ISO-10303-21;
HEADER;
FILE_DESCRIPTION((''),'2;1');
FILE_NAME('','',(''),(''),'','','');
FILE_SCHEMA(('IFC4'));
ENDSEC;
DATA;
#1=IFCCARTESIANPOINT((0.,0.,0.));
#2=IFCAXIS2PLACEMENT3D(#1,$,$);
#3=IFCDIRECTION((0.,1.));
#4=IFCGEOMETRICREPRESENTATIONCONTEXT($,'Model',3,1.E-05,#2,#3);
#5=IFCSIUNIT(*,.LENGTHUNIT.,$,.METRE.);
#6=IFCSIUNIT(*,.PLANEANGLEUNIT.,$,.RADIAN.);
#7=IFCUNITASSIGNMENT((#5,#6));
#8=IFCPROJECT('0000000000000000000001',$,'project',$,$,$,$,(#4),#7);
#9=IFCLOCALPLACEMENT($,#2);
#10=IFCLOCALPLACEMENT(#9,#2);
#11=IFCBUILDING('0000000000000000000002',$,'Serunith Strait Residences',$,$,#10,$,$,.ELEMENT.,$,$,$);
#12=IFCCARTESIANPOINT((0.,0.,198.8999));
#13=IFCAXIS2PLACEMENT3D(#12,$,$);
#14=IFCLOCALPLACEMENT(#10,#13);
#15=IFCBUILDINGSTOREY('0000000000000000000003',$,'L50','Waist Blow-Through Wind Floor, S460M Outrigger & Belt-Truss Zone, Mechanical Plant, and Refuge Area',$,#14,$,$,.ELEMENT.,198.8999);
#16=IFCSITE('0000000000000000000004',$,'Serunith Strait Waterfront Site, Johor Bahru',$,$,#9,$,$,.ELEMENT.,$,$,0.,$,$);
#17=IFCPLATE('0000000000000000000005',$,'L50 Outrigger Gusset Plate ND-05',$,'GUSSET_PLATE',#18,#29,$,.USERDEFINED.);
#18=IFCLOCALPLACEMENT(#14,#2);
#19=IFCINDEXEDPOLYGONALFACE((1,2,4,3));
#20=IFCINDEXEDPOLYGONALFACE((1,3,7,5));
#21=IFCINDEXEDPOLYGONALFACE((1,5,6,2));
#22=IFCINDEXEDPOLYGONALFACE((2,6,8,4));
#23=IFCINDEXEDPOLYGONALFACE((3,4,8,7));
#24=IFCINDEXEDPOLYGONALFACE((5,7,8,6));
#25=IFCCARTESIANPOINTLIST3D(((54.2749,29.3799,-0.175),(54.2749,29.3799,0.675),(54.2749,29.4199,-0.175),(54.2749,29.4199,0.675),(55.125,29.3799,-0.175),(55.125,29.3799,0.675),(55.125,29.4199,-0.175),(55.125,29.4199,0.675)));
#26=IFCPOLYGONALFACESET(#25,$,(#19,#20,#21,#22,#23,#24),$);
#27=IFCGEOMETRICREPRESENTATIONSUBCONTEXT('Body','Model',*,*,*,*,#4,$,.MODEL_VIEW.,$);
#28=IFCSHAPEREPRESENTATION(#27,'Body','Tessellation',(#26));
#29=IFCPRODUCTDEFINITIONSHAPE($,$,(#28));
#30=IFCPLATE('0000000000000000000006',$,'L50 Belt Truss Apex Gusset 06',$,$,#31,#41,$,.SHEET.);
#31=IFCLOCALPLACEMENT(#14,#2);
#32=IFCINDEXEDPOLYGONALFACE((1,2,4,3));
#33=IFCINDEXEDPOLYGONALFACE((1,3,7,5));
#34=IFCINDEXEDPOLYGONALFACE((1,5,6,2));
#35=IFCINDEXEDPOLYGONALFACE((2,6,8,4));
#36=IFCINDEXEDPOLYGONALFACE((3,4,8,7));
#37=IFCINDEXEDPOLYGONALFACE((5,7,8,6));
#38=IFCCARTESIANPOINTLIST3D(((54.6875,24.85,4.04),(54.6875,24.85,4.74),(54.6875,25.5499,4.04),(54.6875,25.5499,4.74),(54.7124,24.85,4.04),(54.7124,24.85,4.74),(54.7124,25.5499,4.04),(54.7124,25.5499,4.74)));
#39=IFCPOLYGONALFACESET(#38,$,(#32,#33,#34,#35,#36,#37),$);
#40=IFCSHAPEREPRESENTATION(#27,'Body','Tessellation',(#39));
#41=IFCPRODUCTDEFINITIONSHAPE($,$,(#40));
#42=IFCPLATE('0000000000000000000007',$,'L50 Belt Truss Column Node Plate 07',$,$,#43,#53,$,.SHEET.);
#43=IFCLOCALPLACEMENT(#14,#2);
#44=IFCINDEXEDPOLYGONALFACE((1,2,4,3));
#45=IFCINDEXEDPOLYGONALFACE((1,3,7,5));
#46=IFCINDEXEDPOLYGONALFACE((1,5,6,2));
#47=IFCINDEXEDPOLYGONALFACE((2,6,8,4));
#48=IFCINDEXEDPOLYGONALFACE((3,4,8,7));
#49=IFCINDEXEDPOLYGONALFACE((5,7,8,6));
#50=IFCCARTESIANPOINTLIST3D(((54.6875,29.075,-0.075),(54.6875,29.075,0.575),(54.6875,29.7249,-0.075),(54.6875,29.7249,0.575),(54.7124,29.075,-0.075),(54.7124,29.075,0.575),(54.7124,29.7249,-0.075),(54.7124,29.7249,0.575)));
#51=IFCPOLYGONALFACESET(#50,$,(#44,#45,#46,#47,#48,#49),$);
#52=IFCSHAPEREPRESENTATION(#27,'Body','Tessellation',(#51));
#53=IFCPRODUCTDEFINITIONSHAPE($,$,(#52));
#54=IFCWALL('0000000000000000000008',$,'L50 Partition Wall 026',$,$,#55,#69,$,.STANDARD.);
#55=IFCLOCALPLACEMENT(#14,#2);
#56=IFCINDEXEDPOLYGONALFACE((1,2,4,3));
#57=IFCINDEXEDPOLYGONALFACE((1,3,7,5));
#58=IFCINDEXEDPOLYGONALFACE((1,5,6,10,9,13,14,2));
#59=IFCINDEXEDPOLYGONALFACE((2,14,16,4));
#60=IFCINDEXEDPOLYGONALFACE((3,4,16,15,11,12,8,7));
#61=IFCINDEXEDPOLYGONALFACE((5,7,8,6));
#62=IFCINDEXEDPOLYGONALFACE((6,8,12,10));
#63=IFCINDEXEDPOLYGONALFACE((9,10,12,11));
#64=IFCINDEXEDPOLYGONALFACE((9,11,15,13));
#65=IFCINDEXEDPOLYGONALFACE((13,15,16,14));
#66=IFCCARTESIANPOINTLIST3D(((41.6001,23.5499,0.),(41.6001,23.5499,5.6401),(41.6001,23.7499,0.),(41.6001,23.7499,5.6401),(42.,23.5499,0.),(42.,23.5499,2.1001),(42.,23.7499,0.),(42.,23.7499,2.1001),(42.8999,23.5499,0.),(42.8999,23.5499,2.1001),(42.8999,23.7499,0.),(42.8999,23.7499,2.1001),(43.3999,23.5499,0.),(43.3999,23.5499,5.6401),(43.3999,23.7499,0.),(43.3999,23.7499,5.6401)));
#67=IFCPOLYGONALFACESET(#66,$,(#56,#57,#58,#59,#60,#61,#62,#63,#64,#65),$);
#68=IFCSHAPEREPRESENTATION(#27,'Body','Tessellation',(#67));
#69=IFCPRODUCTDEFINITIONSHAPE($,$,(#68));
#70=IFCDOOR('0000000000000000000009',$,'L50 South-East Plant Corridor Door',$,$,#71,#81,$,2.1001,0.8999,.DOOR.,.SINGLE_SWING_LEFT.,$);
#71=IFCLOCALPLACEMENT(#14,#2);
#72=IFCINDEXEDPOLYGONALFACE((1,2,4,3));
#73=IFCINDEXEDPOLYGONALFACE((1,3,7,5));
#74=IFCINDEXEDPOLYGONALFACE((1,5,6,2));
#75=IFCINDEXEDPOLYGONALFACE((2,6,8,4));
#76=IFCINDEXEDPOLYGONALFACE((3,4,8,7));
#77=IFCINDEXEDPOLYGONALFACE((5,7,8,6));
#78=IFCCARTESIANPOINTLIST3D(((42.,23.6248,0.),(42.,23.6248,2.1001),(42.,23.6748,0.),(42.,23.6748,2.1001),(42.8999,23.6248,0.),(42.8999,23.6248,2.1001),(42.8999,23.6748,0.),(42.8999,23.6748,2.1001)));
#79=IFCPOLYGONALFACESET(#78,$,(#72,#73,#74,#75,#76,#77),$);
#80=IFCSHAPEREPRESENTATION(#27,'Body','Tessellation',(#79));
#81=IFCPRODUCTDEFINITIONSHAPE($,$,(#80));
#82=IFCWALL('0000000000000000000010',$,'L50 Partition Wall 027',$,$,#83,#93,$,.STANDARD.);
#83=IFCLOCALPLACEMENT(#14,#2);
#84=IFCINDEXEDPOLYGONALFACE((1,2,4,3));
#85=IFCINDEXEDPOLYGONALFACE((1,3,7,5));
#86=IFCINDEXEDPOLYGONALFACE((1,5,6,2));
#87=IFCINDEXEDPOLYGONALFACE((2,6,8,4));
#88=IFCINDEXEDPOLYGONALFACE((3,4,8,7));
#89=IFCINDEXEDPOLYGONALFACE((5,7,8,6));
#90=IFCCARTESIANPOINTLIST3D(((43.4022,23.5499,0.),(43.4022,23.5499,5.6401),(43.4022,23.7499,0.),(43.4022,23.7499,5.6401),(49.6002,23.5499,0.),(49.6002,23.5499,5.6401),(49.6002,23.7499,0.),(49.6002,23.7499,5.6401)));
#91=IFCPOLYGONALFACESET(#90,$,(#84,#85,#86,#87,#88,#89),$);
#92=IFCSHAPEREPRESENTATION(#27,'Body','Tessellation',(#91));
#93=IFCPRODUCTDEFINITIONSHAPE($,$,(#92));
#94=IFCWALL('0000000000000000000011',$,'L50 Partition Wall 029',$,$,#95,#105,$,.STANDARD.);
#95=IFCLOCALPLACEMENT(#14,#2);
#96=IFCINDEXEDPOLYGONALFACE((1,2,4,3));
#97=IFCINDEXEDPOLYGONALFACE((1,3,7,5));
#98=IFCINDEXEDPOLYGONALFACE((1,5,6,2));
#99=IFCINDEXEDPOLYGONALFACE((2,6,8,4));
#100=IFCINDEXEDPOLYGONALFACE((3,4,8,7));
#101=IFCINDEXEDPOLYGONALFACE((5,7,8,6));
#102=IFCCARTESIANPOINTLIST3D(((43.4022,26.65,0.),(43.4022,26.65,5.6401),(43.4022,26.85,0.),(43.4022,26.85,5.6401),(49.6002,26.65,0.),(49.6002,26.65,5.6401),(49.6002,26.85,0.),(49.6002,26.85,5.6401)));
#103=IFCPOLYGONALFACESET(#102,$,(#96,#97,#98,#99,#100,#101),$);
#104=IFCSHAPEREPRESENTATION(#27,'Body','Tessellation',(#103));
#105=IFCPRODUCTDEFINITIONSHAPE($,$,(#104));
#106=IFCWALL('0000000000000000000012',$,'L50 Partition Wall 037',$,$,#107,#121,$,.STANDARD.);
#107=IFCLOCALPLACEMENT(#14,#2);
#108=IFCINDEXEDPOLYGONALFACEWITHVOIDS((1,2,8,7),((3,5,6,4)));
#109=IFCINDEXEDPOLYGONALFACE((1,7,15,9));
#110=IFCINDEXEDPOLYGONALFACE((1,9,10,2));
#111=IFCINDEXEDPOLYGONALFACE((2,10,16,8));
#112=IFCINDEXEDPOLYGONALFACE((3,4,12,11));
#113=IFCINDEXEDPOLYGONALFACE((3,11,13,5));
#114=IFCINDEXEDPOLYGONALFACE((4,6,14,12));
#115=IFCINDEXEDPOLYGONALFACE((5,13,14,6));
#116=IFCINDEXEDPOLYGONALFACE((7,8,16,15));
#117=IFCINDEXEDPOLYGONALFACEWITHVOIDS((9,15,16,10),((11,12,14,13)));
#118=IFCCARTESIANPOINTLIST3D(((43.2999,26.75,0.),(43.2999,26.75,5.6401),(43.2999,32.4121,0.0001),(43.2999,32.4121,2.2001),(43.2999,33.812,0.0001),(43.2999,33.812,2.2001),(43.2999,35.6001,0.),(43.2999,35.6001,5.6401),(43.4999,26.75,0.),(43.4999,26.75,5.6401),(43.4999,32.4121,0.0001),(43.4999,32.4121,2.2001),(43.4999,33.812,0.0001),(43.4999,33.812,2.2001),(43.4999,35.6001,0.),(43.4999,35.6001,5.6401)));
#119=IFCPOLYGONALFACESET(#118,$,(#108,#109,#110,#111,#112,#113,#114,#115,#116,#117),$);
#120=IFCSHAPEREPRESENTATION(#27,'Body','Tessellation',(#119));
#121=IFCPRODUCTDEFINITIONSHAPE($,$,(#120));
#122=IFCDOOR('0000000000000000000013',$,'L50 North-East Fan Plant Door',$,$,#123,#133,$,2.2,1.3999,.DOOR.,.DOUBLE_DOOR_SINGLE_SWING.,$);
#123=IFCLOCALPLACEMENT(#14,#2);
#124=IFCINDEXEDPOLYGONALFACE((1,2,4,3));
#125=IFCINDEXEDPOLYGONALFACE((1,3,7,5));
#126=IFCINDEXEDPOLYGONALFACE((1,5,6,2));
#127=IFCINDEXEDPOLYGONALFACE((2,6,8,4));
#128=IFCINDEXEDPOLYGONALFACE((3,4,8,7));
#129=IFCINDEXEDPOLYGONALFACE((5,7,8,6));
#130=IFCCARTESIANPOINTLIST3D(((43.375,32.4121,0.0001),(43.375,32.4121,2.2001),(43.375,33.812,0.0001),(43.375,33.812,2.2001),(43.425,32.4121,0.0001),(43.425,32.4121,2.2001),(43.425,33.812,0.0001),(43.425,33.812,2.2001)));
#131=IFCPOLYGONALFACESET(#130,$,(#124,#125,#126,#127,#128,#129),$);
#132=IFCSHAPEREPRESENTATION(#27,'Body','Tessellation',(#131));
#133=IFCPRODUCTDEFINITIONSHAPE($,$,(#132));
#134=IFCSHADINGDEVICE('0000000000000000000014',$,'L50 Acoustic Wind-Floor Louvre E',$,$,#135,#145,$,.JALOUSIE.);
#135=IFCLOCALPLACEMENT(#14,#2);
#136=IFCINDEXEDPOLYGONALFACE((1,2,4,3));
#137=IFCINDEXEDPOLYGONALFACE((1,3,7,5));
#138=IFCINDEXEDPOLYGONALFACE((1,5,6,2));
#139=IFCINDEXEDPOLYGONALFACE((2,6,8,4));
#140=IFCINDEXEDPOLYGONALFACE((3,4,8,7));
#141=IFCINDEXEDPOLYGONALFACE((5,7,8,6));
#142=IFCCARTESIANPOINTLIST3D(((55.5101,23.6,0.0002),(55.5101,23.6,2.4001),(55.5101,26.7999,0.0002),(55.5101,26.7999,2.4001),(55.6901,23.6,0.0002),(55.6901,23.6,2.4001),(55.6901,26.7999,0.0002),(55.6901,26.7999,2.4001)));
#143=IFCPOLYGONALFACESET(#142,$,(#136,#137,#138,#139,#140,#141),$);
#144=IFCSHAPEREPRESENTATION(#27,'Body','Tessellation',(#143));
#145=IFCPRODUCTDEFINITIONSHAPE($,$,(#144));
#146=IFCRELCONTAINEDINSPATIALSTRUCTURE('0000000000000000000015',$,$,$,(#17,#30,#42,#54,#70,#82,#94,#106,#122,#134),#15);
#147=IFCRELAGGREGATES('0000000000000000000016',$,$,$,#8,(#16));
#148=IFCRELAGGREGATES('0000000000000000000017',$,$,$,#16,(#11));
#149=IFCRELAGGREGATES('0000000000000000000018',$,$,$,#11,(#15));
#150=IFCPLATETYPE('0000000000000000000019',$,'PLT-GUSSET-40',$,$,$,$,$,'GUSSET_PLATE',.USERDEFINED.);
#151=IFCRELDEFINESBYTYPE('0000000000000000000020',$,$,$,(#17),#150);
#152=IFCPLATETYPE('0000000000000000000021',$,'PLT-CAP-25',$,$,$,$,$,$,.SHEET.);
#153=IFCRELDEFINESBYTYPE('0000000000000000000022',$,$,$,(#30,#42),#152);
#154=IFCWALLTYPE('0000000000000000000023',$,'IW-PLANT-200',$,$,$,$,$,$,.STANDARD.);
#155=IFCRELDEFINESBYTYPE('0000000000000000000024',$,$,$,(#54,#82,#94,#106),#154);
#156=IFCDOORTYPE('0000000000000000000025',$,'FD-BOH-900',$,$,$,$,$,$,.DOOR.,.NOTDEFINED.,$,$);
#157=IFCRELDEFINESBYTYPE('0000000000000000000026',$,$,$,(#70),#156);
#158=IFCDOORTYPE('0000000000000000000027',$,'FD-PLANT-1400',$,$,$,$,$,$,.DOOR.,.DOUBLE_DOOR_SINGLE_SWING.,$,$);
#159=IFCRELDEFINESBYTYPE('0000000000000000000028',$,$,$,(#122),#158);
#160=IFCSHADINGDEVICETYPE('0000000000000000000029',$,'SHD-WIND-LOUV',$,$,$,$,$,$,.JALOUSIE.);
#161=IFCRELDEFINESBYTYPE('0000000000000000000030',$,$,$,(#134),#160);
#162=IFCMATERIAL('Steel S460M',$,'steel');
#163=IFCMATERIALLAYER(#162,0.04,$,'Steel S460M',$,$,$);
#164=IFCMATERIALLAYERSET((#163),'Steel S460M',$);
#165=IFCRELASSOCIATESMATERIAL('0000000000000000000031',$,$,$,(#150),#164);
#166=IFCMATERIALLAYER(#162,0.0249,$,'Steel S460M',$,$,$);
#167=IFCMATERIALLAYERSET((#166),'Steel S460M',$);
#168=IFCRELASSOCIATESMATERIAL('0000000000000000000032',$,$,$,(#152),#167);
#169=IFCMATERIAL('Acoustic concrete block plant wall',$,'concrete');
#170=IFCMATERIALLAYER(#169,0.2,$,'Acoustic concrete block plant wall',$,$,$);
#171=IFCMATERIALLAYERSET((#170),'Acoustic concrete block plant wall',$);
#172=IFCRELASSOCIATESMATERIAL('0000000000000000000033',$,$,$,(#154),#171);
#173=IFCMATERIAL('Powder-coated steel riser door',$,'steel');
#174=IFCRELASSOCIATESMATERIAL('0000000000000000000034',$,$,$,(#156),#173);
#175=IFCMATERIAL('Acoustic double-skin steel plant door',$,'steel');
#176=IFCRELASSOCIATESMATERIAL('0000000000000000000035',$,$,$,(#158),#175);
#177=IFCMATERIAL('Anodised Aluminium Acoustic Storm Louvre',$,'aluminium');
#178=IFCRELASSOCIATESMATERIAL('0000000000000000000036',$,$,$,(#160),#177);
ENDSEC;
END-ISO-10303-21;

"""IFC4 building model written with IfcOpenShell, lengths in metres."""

from ifc_helpers import new_model, si_unit, direction, frame, frame_2d, origin, origin_2d, place, context, subcontext, project, spatial, rectangle, extrude, source, transform, mapped, material, layer, layer_set, type_object, element, fill, save


model = new_model("IFC4")

# Units and contexts
model_context = context("Model", 3, precision=1e-05, world=origin(), true_north=direction((0.0, 1.0)))
body_context = subcontext(model_context, "Body", "Model", "MODEL_VIEW")
ifc_project = project(units=[si_unit("LENGTHUNIT", "METRE"), si_unit("PLANEANGLEUNIT", "RADIAN")], contexts=[model_context])

# Site, building, storey
site_placement = place(None, origin())
site = spatial("IfcSite", under=ifc_project, at=site_placement, Name="Serunith Strait Waterfront Site, Johor Bahru", CompositionType="ELEMENT", RefElevation=0.0)
building_placement = place(site_placement, origin())
building = spatial("IfcBuilding", under=site, at=building_placement, Name="Serunith Strait Residences", CompositionType="ELEMENT")
storey_placement = place(building_placement, frame((0.0, 0.0, 198.8999)))
storey = spatial("IfcBuildingStorey", under=building, at=storey_placement, Name="L50", Description="Waist Blow-Through Wind Floor, S460M Outrigger & Belt-Truss Zone, Mechanical Plant, and Refuge Area", CompositionType="ELEMENT", Elevation=198.8999)

# Shared definitions
ifc_material_1 = material(Name="Steel S460M", Category="steel")

# Plates
ifc_layer_1 = layer(ifc_material_1, 0.04, Name="Steel S460M")
ifc_layer_set_1 = layer_set([ifc_layer_1], Name="Steel S460M")
plate_type_1 = type_object("IfcPlateType", Name="PLT-GUSSET-40", ElementType="GUSSET_PLATE", PredefinedType="USERDEFINED", material=ifc_layer_set_1)
shared_shape_1 = source(origin(), body_context, "Body", "SweptSolid", [
    extrude(rectangle(XDim=0.8501, YDim=0.04, at=origin_2d()), origin(), (0.0, 0.0, 1.0), 0.8501),
])
for number, where, z_axis, x_axis, name in (
    (1, (54.7, 29.3999, -0.175), (0.0, 0.0, 1.0), (1.0, 0.0, 0.0), "L50 Outrigger Gusset Plate ND-05"),
):
    element("IfcPlate", number, at=place(storey_placement, frame(where, z_axis=z_axis, x_axis=x_axis)), inside=storey, type_object=plate_type_1, Name=name, ObjectType="GUSSET_PLATE", PredefinedType="USERDEFINED", context=body_context, shape_type="MappedRepresentation", body=[
        mapped(shared_shape_1, transform((0.0, 0.0, 0.0), scale=1.0)),
    ])
ifc_layer_2 = layer(ifc_material_1, 0.0249, Name="Steel S460M")
ifc_layer_set_2 = layer_set([ifc_layer_2], Name="Steel S460M")
plate_type_2 = type_object("IfcPlateType", Name="PLT-CAP-25", PredefinedType="SHEET", material=ifc_layer_set_2)
shared_shape_2 = source(origin(), body_context, "Body", "SweptSolid", [
    extrude(rectangle(XDim=0.7, YDim=0.0249, at=origin_2d()), origin(), (0.0, 0.0, 1.0), 0.7),
])
plate_1_placement = place(storey_placement, frame((54.7, 25.2, 4.04), z_axis=(0.0, 0.0, 1.0), x_axis=(0.0, 1.0, 0.0)))
element("IfcPlate", 2, at=plate_1_placement, inside=storey, type_object=plate_type_2, Name="L50 Belt Truss Apex Gusset 06", PredefinedType="SHEET", context=body_context, shape_type="MappedRepresentation", body=[
    mapped(shared_shape_2, transform((0.0, 0.0, 0.0), scale=1.0)),
])
shared_shape_3 = source(origin(), body_context, "Body", "SweptSolid", [
    extrude(rectangle(XDim=0.6499, YDim=0.0249, at=origin_2d()), origin(), (0.0, 0.0, 1.0), 0.6499),
])
plate_2_placement = place(storey_placement, frame((54.7, 29.3999, -0.075), z_axis=(0.0, 0.0, 1.0), x_axis=(0.0, 1.0, 0.0)))
element("IfcPlate", 3, at=plate_2_placement, inside=storey, type_object=plate_type_2, Name="L50 Belt Truss Column Node Plate 07", PredefinedType="SHEET", context=body_context, shape_type="MappedRepresentation", body=[
    mapped(shared_shape_3, transform((0.0, 0.0, 0.0), scale=1.0)),
])

# Wall, opening, door
ifc_material_2 = material(Name="Acoustic concrete block plant wall", Category="concrete")
ifc_layer_3 = layer(ifc_material_2, 0.2, Name="Acoustic concrete block plant wall")
ifc_layer_set_3 = layer_set([ifc_layer_3], Name="Acoustic concrete block plant wall")
wall_type = type_object("IfcWallType", Name="IW-PLANT-200", PredefinedType="STANDARD", material=ifc_layer_set_3)
wall_1_placement = place(storey_placement, frame((41.6001, 23.6499, 0.0), z_axis=(0.0, 0.0, 1.0), x_axis=(1.0, 0.0, 0.0)))
wall_1 = element("IfcWall", 4, at=wall_1_placement, inside=storey, type_object=wall_type, Name="L50 Partition Wall 026", PredefinedType="STANDARD", context=body_context, shape_type="SweptSolid", body=[
    extrude(rectangle(XDim=1.7998, YDim=0.2, at=frame_2d((0.8999, 0.0))), origin(), (0.0, 0.0, 1.0), 5.6401),
])
opening_1_placement = place(wall_1_placement, frame((0.3999, 0.0, 0.0)))
opening_1 = element("IfcOpeningElement", 5, at=opening_1_placement, cuts=wall_1, PredefinedType="OPENING", context=body_context, shape_type="SweptSolid", body=[
    extrude(rectangle(XDim=0.8999, YDim=2.1001, at=frame_2d((0.45, 1.05))), frame((0.0, 0.1099, 0.0), z_axis=(0.0, -1.0, 0.0), x_axis=(1.0, 0.0, 0.0)), (0.0, 0.0, 1.0), 0.22),
])
ifc_material_3 = material(Name="Powder-coated steel riser door", Category="steel")
door_type_1 = type_object("IfcDoorType", Name="FD-BOH-900", OperationType="NOTDEFINED", PredefinedType="DOOR", material=ifc_material_3)
shared_shape_4 = source(origin(), body_context, "Body", "SweptSolid", [
    extrude(rectangle(XDim=0.8999, YDim=2.1001, at=frame_2d((0.45, 1.05))), frame((0.0, 0.0249, 0.0), z_axis=(0.0, -1.0, 0.0), x_axis=(1.0, 0.0, 0.0)), (0.0, 0.0, 1.0), 0.05),
])
door_1_placement = place(opening_1_placement, origin())
door_1 = element("IfcDoor", 6, at=door_1_placement, inside=storey, type_object=door_type_1, Name="L50 South-East Plant Corridor Door", OperationType="SINGLE_SWING_LEFT", OverallHeight=2.1001, OverallWidth=0.8999, PredefinedType="DOOR", context=body_context, shape_type="MappedRepresentation", body=[
    mapped(shared_shape_4, transform((0.0, 0.0, 0.0), scale=1.0)),
])
fill(opening_1, door_1)

# Walls
for number, where, z_axis, x_axis, name in (
    (7, (43.4021, 23.6499, 0.0), (0.0, 0.0, 1.0), (1.0, 0.0, 0.0), "L50 Partition Wall 027"),
    (8, (43.4021, 26.75, 0.0), (0.0, 0.0, 1.0), (1.0, 0.0, 0.0), "L50 Partition Wall 029"),
):
    element("IfcWall", number, at=place(storey_placement, frame(where, z_axis=z_axis, x_axis=x_axis)), inside=storey, type_object=wall_type, Name=name, PredefinedType="STANDARD", context=body_context, shape_type="SweptSolid", body=[
        extrude(rectangle(XDim=6.198, YDim=0.2, at=frame_2d((3.0991, 0.0))), origin(), (0.0, 0.0, 1.0), 5.6401),
    ])

# Wall, opening, door
wall_2_placement = place(storey_placement, frame((43.3999, 26.75, 0.0), z_axis=(0.0, 0.0, 1.0), x_axis=(0.0, 1.0, 0.0)))
wall_2 = element("IfcWall", 9, at=wall_2_placement, inside=storey, type_object=wall_type, Name="L50 Partition Wall 037", PredefinedType="STANDARD", context=body_context, shape_type="SweptSolid", body=[
    extrude(rectangle(XDim=8.8501, YDim=0.2, at=frame_2d((4.425, 0.0))), origin(), (0.0, 0.0, 1.0), 5.6401),
])
opening_2_placement = place(wall_2_placement, frame((5.6621, 0.0, 0.0)))
opening_2 = element("IfcOpeningElement", 10, at=opening_2_placement, cuts=wall_2, PredefinedType="OPENING", context=body_context, shape_type="SweptSolid", body=[
    extrude(rectangle(XDim=1.3999, YDim=2.2, at=frame_2d((0.7, 1.1001))), frame((0.0, 0.1099, 0.0), z_axis=(0.0, -1.0, 0.0), x_axis=(1.0, 0.0, 0.0)), (0.0, 0.0, 1.0), 0.22),
])
ifc_material_4 = material(Name="Acoustic double-skin steel plant door", Category="steel")
door_type_2 = type_object("IfcDoorType", Name="FD-PLANT-1400", OperationType="DOUBLE_DOOR_SINGLE_SWING", PredefinedType="DOOR", material=ifc_material_4)
shared_shape_5 = source(origin(), body_context, "Body", "SweptSolid", [
    extrude(rectangle(XDim=1.3999, YDim=2.2, at=frame_2d((0.7, 1.1001))), frame((0.0, 0.0249, 0.0), z_axis=(0.0, -1.0, 0.0), x_axis=(1.0, 0.0, 0.0)), (0.0, 0.0, 1.0), 0.05),
])
door_2_placement = place(opening_2_placement, origin())
door_2 = element("IfcDoor", 11, at=door_2_placement, inside=storey, type_object=door_type_2, Name="L50 North-East Fan Plant Door", OperationType="DOUBLE_DOOR_SINGLE_SWING", OverallHeight=2.2, OverallWidth=1.3999, PredefinedType="DOOR", context=body_context, shape_type="MappedRepresentation", body=[
    mapped(shared_shape_5, transform((0.0, 0.0, 0.0), scale=1.0)),
])
fill(opening_2, door_2)

# Shading device
ifc_material_5 = material(Name="Anodised Aluminium Acoustic Storm Louvre", Category="aluminium")
shading_device_type = type_object("IfcShadingDeviceType", Name="SHD-WIND-LOUV", PredefinedType="JALOUSIE", material=ifc_material_5)
shared_shape_6 = source(origin(), body_context, "Body", "SweptSolid", [
    extrude(rectangle(XDim=3.2, YDim=0.1799, at=origin_2d()), origin(), (0.0, 0.0, 1.0), 2.3999),
])
shading_device_placement = place(storey_placement, frame((55.6001, 25.2, 0.0002), z_axis=(0.0, 0.0, 1.0), x_axis=(0.0, 1.0, 0.0)))
element("IfcShadingDevice", 12, at=shading_device_placement, inside=storey, type_object=shading_device_type, Name="L50 Acoustic Wind-Floor Louvre E", PredefinedType="JALOUSIE", context=body_context, shape_type="MappedRepresentation", body=[
    mapped(shared_shape_6, transform((0.0, 0.0, 0.0), scale=1.0)),
])

save(model, "model.ifc")
